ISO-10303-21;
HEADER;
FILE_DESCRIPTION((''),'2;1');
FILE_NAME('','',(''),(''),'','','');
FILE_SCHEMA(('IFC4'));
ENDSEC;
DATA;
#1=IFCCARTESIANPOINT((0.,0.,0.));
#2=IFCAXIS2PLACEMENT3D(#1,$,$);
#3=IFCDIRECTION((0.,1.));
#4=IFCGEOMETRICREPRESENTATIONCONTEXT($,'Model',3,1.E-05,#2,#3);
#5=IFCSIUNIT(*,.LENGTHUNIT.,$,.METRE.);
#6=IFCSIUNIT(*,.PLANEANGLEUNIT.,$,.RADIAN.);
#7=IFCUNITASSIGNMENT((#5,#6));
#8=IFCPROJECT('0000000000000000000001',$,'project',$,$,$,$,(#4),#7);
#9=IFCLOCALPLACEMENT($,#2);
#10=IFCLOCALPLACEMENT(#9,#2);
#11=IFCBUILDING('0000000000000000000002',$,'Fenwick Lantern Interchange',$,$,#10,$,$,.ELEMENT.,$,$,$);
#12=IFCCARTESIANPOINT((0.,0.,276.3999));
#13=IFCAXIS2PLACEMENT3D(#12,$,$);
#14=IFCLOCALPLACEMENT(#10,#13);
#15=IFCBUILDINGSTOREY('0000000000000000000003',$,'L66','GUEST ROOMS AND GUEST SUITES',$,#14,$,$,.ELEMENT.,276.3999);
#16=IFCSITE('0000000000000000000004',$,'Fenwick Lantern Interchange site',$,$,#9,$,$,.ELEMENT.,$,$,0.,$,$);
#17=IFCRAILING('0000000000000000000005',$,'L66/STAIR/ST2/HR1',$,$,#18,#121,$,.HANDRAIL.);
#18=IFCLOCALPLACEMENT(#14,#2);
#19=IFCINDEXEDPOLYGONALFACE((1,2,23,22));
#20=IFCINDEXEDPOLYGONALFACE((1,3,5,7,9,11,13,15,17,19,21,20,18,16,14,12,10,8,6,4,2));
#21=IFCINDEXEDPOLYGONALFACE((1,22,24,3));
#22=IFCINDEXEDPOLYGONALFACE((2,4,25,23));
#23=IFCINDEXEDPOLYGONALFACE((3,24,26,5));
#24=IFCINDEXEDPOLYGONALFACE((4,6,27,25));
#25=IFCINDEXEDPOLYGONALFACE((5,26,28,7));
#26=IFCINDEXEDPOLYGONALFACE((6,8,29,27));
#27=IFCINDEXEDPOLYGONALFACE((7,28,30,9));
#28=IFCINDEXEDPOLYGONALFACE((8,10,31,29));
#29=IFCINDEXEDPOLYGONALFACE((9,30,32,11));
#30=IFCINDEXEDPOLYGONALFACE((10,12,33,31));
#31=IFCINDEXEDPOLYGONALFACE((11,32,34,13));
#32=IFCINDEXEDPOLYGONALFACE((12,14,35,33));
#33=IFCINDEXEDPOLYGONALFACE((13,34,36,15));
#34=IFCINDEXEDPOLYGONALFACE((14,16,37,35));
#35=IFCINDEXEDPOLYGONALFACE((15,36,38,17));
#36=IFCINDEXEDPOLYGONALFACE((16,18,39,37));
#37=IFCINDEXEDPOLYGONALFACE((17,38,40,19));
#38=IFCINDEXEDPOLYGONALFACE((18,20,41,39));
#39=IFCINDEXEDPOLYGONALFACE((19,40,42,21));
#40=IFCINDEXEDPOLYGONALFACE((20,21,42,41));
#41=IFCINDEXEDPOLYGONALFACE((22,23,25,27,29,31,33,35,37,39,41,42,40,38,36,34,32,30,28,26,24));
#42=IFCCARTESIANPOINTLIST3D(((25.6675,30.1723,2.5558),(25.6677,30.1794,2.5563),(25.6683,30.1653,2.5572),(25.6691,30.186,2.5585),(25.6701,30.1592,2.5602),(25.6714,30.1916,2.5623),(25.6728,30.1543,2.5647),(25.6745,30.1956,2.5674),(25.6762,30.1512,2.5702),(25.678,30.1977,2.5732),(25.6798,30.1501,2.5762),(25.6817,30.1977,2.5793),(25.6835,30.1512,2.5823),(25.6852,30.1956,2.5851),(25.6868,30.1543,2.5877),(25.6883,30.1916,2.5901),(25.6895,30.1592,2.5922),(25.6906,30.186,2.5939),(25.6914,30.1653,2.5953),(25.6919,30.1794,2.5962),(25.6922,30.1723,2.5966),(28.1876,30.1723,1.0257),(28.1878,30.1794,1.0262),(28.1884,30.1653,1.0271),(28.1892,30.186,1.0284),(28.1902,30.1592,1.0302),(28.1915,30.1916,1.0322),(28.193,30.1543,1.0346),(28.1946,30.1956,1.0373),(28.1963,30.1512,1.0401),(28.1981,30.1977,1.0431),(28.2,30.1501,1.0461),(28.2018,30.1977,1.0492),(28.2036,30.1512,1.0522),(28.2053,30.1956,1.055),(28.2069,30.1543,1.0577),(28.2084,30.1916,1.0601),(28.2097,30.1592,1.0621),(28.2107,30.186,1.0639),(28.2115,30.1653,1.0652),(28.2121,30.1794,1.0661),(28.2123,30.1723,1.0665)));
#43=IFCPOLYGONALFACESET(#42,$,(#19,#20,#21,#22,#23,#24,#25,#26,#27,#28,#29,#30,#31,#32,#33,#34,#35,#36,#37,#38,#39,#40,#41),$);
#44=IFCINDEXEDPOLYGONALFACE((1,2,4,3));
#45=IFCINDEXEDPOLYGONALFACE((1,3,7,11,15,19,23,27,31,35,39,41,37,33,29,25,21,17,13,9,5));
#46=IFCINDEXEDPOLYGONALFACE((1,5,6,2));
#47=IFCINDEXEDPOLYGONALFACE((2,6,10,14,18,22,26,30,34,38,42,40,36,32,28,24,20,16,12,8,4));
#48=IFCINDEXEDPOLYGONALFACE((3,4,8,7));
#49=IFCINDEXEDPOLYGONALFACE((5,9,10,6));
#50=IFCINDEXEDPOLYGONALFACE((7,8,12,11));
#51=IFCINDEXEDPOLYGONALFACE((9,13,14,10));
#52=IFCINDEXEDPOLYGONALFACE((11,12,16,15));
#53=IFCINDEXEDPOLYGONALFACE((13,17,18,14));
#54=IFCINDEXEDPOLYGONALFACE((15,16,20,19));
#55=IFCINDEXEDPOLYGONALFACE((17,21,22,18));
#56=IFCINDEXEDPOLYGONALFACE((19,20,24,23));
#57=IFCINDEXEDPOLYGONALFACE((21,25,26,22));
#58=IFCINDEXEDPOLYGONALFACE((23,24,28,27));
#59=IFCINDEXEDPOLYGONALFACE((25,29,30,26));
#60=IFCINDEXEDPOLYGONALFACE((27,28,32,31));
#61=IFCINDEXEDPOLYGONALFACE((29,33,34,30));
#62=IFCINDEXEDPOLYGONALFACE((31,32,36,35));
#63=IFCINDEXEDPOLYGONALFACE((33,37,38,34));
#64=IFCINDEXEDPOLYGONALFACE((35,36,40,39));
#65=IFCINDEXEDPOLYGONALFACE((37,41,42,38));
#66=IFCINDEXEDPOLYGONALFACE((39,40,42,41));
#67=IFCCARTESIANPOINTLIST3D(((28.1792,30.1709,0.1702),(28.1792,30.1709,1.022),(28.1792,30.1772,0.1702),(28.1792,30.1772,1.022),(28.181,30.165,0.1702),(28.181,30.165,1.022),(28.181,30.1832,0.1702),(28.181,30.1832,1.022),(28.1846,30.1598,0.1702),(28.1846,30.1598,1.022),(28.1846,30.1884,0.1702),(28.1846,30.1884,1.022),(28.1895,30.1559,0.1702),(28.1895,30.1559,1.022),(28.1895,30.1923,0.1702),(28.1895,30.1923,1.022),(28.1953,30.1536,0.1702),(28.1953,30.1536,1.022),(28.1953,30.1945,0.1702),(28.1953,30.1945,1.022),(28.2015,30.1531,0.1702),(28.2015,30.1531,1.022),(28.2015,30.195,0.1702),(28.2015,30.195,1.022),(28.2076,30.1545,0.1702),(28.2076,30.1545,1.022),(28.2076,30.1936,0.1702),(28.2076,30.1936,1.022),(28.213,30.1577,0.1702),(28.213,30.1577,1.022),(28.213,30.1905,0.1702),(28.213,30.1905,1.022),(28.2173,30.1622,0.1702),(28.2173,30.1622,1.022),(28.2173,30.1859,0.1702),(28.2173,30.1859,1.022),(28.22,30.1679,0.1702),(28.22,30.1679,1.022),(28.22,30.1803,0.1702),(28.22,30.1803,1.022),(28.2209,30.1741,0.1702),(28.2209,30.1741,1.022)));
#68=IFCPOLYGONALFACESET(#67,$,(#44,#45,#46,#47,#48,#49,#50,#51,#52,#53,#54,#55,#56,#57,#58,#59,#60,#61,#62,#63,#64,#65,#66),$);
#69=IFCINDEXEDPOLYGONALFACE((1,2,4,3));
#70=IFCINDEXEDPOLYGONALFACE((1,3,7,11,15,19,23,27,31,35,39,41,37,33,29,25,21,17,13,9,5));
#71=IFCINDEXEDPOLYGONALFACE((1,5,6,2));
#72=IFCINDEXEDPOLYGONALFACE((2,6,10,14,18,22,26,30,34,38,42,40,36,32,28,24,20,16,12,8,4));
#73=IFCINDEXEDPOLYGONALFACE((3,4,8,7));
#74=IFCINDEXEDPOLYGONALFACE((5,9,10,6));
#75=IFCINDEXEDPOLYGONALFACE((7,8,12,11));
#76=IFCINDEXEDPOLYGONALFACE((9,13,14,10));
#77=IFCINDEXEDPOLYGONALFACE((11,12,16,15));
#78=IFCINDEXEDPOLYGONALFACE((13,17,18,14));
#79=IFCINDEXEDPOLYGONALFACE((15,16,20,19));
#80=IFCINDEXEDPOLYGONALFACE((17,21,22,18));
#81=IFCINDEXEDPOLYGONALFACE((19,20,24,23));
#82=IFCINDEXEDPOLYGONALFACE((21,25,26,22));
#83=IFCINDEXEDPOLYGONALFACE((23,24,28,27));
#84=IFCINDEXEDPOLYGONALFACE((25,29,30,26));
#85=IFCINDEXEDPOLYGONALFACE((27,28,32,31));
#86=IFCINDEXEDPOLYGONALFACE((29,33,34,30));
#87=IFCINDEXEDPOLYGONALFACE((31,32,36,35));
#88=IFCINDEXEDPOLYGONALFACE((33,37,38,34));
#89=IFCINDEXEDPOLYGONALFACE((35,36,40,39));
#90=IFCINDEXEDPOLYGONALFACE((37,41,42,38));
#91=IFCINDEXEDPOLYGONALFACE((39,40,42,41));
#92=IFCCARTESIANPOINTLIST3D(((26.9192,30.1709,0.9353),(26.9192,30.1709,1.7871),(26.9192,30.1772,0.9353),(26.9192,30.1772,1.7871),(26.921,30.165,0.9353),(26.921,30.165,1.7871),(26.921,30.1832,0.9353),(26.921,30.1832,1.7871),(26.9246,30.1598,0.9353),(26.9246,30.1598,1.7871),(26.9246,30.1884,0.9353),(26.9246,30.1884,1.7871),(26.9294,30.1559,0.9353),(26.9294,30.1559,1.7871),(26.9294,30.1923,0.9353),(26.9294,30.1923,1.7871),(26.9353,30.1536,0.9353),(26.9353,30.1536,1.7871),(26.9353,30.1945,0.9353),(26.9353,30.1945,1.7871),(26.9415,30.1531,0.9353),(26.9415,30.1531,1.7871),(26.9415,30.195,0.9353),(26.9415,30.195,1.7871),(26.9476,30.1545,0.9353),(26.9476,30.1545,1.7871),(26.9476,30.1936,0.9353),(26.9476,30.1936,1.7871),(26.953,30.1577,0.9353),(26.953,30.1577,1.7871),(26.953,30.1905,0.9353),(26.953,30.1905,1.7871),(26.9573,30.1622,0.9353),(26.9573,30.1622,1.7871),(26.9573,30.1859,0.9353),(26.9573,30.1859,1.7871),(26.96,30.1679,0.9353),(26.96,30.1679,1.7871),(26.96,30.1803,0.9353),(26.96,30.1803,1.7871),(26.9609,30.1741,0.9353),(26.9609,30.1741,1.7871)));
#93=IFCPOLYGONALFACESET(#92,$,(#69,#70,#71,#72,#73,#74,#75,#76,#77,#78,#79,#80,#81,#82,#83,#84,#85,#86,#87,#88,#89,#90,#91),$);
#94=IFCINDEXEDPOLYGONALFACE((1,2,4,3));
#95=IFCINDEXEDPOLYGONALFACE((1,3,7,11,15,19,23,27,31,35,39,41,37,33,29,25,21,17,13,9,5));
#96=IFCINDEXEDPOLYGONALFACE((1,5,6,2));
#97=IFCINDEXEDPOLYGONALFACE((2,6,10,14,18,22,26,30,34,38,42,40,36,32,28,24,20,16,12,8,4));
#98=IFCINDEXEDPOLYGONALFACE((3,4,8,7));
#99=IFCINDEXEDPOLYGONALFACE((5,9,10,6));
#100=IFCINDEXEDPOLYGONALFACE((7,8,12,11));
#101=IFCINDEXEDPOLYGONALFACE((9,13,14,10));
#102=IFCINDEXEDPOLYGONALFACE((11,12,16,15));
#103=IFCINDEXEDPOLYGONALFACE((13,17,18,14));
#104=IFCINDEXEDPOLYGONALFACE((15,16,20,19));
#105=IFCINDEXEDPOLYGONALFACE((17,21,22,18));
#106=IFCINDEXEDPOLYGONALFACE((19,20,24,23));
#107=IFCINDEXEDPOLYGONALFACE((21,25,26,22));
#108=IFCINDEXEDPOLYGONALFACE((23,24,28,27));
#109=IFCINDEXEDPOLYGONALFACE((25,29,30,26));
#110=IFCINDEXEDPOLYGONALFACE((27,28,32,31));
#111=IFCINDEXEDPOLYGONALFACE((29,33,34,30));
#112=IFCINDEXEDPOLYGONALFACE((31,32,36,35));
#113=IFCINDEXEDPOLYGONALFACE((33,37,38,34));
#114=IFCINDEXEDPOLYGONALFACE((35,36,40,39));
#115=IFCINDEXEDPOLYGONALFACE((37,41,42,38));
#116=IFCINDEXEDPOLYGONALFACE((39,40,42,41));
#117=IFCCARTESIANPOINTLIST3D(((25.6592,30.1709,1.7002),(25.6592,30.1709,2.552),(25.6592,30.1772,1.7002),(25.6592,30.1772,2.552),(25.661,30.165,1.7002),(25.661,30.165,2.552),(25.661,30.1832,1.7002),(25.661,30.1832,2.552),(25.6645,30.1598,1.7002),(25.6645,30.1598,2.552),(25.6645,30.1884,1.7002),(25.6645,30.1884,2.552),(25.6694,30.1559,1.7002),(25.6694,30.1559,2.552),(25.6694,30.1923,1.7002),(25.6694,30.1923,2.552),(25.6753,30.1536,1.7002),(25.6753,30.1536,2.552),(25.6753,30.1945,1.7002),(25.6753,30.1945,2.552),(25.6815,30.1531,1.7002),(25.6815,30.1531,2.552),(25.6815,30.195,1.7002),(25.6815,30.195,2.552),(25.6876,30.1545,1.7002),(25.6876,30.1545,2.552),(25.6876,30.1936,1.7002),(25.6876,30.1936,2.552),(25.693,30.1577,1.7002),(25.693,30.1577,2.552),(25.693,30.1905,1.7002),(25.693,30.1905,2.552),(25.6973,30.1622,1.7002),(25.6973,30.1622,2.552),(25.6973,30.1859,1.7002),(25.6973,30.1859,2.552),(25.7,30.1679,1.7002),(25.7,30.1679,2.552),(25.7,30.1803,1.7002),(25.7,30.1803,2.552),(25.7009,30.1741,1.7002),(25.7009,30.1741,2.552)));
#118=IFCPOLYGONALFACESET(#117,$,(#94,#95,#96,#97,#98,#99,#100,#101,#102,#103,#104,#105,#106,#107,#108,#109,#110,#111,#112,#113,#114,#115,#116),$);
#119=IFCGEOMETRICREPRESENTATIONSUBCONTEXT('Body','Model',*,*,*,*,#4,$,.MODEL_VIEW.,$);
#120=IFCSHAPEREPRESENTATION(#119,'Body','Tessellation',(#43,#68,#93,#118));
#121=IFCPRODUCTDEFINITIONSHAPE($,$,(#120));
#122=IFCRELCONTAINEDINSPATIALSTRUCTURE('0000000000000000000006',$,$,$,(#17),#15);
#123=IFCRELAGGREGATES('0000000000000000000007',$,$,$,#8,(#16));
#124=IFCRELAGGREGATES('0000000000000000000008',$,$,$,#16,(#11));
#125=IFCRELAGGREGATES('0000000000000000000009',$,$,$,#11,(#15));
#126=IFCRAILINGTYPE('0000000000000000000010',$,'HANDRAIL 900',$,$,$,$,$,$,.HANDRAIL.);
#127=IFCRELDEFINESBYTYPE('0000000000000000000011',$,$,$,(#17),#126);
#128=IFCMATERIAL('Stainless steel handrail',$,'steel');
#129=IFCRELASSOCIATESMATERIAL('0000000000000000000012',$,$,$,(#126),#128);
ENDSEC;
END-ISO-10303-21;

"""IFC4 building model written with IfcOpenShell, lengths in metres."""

from ifc_helpers import new_model, si_unit, direction, frame, origin, origin_2d, place, context, subcontext, project, spatial, circle, extrude, material, type_object, element, save


model = new_model("IFC4")

# Units and contexts
model_context = context("Model", 3, precision=1e-05, world=origin(), true_north=direction((0.0, 1.0)))
body_context = subcontext(model_context, "Body", "Model", "MODEL_VIEW")
ifc_project = project(units=[si_unit("LENGTHUNIT", "METRE"), si_unit("PLANEANGLEUNIT", "RADIAN")], contexts=[model_context])

# Site, building, storey
site_placement = place(None, origin())
site = spatial("IfcSite", under=ifc_project, at=site_placement, Name="Fenwick Lantern Interchange site", CompositionType="ELEMENT", RefElevation=0.0)
building_placement = place(site_placement, origin())
building = spatial("IfcBuilding", under=site, at=building_placement, Name="Fenwick Lantern Interchange", CompositionType="ELEMENT")
storey_placement = place(building_placement, frame((0.0, 0.0, 276.3999)))
storey = spatial("IfcBuildingStorey", under=building, at=storey_placement, Name="L66", Description="GUEST ROOMS AND GUEST SUITES", CompositionType="ELEMENT", Elevation=276.3999)

# Railing
ifc_material_1 = material(Name="Stainless steel handrail", Category="steel")
railing_type = type_object("IfcRailingType", Name="HANDRAIL 900", PredefinedType="HANDRAIL", material=ifc_material_1)
railing_placement = place(storey_placement, frame((28.2, 30.1741, 0.1702)))
element("IfcRailing", 1, at=railing_placement, inside=storey, type_object=railing_type, Name="L66/STAIR/ST2/HR1", PredefinedType="HANDRAIL", context=body_context, shape_type="SweptSolid", body=[
    extrude(circle(Radius=0.0239, at=origin_2d()), frame((0.0, 0.0, 0.876), z_axis=(-0.854785, 0.0, 0.518982), x_axis=(0.0, -1.0, 0.0)), (0.0, 0.0, 1.0), 2.9482),
    extrude(circle(Radius=0.021, at=origin_2d()), origin(), (0.0, 0.0, 1.0), 0.8518),
    extrude(circle(Radius=0.021, at=origin_2d()), frame((-1.26, 0.0, 0.7651)), (0.0, 0.0, 1.0), 0.8518),
    extrude(circle(Radius=0.021, at=origin_2d()), frame((-2.52, 0.0, 1.53)), (0.0, 0.0, 1.0), 0.8518),
])

save(model, "model.ifc")
